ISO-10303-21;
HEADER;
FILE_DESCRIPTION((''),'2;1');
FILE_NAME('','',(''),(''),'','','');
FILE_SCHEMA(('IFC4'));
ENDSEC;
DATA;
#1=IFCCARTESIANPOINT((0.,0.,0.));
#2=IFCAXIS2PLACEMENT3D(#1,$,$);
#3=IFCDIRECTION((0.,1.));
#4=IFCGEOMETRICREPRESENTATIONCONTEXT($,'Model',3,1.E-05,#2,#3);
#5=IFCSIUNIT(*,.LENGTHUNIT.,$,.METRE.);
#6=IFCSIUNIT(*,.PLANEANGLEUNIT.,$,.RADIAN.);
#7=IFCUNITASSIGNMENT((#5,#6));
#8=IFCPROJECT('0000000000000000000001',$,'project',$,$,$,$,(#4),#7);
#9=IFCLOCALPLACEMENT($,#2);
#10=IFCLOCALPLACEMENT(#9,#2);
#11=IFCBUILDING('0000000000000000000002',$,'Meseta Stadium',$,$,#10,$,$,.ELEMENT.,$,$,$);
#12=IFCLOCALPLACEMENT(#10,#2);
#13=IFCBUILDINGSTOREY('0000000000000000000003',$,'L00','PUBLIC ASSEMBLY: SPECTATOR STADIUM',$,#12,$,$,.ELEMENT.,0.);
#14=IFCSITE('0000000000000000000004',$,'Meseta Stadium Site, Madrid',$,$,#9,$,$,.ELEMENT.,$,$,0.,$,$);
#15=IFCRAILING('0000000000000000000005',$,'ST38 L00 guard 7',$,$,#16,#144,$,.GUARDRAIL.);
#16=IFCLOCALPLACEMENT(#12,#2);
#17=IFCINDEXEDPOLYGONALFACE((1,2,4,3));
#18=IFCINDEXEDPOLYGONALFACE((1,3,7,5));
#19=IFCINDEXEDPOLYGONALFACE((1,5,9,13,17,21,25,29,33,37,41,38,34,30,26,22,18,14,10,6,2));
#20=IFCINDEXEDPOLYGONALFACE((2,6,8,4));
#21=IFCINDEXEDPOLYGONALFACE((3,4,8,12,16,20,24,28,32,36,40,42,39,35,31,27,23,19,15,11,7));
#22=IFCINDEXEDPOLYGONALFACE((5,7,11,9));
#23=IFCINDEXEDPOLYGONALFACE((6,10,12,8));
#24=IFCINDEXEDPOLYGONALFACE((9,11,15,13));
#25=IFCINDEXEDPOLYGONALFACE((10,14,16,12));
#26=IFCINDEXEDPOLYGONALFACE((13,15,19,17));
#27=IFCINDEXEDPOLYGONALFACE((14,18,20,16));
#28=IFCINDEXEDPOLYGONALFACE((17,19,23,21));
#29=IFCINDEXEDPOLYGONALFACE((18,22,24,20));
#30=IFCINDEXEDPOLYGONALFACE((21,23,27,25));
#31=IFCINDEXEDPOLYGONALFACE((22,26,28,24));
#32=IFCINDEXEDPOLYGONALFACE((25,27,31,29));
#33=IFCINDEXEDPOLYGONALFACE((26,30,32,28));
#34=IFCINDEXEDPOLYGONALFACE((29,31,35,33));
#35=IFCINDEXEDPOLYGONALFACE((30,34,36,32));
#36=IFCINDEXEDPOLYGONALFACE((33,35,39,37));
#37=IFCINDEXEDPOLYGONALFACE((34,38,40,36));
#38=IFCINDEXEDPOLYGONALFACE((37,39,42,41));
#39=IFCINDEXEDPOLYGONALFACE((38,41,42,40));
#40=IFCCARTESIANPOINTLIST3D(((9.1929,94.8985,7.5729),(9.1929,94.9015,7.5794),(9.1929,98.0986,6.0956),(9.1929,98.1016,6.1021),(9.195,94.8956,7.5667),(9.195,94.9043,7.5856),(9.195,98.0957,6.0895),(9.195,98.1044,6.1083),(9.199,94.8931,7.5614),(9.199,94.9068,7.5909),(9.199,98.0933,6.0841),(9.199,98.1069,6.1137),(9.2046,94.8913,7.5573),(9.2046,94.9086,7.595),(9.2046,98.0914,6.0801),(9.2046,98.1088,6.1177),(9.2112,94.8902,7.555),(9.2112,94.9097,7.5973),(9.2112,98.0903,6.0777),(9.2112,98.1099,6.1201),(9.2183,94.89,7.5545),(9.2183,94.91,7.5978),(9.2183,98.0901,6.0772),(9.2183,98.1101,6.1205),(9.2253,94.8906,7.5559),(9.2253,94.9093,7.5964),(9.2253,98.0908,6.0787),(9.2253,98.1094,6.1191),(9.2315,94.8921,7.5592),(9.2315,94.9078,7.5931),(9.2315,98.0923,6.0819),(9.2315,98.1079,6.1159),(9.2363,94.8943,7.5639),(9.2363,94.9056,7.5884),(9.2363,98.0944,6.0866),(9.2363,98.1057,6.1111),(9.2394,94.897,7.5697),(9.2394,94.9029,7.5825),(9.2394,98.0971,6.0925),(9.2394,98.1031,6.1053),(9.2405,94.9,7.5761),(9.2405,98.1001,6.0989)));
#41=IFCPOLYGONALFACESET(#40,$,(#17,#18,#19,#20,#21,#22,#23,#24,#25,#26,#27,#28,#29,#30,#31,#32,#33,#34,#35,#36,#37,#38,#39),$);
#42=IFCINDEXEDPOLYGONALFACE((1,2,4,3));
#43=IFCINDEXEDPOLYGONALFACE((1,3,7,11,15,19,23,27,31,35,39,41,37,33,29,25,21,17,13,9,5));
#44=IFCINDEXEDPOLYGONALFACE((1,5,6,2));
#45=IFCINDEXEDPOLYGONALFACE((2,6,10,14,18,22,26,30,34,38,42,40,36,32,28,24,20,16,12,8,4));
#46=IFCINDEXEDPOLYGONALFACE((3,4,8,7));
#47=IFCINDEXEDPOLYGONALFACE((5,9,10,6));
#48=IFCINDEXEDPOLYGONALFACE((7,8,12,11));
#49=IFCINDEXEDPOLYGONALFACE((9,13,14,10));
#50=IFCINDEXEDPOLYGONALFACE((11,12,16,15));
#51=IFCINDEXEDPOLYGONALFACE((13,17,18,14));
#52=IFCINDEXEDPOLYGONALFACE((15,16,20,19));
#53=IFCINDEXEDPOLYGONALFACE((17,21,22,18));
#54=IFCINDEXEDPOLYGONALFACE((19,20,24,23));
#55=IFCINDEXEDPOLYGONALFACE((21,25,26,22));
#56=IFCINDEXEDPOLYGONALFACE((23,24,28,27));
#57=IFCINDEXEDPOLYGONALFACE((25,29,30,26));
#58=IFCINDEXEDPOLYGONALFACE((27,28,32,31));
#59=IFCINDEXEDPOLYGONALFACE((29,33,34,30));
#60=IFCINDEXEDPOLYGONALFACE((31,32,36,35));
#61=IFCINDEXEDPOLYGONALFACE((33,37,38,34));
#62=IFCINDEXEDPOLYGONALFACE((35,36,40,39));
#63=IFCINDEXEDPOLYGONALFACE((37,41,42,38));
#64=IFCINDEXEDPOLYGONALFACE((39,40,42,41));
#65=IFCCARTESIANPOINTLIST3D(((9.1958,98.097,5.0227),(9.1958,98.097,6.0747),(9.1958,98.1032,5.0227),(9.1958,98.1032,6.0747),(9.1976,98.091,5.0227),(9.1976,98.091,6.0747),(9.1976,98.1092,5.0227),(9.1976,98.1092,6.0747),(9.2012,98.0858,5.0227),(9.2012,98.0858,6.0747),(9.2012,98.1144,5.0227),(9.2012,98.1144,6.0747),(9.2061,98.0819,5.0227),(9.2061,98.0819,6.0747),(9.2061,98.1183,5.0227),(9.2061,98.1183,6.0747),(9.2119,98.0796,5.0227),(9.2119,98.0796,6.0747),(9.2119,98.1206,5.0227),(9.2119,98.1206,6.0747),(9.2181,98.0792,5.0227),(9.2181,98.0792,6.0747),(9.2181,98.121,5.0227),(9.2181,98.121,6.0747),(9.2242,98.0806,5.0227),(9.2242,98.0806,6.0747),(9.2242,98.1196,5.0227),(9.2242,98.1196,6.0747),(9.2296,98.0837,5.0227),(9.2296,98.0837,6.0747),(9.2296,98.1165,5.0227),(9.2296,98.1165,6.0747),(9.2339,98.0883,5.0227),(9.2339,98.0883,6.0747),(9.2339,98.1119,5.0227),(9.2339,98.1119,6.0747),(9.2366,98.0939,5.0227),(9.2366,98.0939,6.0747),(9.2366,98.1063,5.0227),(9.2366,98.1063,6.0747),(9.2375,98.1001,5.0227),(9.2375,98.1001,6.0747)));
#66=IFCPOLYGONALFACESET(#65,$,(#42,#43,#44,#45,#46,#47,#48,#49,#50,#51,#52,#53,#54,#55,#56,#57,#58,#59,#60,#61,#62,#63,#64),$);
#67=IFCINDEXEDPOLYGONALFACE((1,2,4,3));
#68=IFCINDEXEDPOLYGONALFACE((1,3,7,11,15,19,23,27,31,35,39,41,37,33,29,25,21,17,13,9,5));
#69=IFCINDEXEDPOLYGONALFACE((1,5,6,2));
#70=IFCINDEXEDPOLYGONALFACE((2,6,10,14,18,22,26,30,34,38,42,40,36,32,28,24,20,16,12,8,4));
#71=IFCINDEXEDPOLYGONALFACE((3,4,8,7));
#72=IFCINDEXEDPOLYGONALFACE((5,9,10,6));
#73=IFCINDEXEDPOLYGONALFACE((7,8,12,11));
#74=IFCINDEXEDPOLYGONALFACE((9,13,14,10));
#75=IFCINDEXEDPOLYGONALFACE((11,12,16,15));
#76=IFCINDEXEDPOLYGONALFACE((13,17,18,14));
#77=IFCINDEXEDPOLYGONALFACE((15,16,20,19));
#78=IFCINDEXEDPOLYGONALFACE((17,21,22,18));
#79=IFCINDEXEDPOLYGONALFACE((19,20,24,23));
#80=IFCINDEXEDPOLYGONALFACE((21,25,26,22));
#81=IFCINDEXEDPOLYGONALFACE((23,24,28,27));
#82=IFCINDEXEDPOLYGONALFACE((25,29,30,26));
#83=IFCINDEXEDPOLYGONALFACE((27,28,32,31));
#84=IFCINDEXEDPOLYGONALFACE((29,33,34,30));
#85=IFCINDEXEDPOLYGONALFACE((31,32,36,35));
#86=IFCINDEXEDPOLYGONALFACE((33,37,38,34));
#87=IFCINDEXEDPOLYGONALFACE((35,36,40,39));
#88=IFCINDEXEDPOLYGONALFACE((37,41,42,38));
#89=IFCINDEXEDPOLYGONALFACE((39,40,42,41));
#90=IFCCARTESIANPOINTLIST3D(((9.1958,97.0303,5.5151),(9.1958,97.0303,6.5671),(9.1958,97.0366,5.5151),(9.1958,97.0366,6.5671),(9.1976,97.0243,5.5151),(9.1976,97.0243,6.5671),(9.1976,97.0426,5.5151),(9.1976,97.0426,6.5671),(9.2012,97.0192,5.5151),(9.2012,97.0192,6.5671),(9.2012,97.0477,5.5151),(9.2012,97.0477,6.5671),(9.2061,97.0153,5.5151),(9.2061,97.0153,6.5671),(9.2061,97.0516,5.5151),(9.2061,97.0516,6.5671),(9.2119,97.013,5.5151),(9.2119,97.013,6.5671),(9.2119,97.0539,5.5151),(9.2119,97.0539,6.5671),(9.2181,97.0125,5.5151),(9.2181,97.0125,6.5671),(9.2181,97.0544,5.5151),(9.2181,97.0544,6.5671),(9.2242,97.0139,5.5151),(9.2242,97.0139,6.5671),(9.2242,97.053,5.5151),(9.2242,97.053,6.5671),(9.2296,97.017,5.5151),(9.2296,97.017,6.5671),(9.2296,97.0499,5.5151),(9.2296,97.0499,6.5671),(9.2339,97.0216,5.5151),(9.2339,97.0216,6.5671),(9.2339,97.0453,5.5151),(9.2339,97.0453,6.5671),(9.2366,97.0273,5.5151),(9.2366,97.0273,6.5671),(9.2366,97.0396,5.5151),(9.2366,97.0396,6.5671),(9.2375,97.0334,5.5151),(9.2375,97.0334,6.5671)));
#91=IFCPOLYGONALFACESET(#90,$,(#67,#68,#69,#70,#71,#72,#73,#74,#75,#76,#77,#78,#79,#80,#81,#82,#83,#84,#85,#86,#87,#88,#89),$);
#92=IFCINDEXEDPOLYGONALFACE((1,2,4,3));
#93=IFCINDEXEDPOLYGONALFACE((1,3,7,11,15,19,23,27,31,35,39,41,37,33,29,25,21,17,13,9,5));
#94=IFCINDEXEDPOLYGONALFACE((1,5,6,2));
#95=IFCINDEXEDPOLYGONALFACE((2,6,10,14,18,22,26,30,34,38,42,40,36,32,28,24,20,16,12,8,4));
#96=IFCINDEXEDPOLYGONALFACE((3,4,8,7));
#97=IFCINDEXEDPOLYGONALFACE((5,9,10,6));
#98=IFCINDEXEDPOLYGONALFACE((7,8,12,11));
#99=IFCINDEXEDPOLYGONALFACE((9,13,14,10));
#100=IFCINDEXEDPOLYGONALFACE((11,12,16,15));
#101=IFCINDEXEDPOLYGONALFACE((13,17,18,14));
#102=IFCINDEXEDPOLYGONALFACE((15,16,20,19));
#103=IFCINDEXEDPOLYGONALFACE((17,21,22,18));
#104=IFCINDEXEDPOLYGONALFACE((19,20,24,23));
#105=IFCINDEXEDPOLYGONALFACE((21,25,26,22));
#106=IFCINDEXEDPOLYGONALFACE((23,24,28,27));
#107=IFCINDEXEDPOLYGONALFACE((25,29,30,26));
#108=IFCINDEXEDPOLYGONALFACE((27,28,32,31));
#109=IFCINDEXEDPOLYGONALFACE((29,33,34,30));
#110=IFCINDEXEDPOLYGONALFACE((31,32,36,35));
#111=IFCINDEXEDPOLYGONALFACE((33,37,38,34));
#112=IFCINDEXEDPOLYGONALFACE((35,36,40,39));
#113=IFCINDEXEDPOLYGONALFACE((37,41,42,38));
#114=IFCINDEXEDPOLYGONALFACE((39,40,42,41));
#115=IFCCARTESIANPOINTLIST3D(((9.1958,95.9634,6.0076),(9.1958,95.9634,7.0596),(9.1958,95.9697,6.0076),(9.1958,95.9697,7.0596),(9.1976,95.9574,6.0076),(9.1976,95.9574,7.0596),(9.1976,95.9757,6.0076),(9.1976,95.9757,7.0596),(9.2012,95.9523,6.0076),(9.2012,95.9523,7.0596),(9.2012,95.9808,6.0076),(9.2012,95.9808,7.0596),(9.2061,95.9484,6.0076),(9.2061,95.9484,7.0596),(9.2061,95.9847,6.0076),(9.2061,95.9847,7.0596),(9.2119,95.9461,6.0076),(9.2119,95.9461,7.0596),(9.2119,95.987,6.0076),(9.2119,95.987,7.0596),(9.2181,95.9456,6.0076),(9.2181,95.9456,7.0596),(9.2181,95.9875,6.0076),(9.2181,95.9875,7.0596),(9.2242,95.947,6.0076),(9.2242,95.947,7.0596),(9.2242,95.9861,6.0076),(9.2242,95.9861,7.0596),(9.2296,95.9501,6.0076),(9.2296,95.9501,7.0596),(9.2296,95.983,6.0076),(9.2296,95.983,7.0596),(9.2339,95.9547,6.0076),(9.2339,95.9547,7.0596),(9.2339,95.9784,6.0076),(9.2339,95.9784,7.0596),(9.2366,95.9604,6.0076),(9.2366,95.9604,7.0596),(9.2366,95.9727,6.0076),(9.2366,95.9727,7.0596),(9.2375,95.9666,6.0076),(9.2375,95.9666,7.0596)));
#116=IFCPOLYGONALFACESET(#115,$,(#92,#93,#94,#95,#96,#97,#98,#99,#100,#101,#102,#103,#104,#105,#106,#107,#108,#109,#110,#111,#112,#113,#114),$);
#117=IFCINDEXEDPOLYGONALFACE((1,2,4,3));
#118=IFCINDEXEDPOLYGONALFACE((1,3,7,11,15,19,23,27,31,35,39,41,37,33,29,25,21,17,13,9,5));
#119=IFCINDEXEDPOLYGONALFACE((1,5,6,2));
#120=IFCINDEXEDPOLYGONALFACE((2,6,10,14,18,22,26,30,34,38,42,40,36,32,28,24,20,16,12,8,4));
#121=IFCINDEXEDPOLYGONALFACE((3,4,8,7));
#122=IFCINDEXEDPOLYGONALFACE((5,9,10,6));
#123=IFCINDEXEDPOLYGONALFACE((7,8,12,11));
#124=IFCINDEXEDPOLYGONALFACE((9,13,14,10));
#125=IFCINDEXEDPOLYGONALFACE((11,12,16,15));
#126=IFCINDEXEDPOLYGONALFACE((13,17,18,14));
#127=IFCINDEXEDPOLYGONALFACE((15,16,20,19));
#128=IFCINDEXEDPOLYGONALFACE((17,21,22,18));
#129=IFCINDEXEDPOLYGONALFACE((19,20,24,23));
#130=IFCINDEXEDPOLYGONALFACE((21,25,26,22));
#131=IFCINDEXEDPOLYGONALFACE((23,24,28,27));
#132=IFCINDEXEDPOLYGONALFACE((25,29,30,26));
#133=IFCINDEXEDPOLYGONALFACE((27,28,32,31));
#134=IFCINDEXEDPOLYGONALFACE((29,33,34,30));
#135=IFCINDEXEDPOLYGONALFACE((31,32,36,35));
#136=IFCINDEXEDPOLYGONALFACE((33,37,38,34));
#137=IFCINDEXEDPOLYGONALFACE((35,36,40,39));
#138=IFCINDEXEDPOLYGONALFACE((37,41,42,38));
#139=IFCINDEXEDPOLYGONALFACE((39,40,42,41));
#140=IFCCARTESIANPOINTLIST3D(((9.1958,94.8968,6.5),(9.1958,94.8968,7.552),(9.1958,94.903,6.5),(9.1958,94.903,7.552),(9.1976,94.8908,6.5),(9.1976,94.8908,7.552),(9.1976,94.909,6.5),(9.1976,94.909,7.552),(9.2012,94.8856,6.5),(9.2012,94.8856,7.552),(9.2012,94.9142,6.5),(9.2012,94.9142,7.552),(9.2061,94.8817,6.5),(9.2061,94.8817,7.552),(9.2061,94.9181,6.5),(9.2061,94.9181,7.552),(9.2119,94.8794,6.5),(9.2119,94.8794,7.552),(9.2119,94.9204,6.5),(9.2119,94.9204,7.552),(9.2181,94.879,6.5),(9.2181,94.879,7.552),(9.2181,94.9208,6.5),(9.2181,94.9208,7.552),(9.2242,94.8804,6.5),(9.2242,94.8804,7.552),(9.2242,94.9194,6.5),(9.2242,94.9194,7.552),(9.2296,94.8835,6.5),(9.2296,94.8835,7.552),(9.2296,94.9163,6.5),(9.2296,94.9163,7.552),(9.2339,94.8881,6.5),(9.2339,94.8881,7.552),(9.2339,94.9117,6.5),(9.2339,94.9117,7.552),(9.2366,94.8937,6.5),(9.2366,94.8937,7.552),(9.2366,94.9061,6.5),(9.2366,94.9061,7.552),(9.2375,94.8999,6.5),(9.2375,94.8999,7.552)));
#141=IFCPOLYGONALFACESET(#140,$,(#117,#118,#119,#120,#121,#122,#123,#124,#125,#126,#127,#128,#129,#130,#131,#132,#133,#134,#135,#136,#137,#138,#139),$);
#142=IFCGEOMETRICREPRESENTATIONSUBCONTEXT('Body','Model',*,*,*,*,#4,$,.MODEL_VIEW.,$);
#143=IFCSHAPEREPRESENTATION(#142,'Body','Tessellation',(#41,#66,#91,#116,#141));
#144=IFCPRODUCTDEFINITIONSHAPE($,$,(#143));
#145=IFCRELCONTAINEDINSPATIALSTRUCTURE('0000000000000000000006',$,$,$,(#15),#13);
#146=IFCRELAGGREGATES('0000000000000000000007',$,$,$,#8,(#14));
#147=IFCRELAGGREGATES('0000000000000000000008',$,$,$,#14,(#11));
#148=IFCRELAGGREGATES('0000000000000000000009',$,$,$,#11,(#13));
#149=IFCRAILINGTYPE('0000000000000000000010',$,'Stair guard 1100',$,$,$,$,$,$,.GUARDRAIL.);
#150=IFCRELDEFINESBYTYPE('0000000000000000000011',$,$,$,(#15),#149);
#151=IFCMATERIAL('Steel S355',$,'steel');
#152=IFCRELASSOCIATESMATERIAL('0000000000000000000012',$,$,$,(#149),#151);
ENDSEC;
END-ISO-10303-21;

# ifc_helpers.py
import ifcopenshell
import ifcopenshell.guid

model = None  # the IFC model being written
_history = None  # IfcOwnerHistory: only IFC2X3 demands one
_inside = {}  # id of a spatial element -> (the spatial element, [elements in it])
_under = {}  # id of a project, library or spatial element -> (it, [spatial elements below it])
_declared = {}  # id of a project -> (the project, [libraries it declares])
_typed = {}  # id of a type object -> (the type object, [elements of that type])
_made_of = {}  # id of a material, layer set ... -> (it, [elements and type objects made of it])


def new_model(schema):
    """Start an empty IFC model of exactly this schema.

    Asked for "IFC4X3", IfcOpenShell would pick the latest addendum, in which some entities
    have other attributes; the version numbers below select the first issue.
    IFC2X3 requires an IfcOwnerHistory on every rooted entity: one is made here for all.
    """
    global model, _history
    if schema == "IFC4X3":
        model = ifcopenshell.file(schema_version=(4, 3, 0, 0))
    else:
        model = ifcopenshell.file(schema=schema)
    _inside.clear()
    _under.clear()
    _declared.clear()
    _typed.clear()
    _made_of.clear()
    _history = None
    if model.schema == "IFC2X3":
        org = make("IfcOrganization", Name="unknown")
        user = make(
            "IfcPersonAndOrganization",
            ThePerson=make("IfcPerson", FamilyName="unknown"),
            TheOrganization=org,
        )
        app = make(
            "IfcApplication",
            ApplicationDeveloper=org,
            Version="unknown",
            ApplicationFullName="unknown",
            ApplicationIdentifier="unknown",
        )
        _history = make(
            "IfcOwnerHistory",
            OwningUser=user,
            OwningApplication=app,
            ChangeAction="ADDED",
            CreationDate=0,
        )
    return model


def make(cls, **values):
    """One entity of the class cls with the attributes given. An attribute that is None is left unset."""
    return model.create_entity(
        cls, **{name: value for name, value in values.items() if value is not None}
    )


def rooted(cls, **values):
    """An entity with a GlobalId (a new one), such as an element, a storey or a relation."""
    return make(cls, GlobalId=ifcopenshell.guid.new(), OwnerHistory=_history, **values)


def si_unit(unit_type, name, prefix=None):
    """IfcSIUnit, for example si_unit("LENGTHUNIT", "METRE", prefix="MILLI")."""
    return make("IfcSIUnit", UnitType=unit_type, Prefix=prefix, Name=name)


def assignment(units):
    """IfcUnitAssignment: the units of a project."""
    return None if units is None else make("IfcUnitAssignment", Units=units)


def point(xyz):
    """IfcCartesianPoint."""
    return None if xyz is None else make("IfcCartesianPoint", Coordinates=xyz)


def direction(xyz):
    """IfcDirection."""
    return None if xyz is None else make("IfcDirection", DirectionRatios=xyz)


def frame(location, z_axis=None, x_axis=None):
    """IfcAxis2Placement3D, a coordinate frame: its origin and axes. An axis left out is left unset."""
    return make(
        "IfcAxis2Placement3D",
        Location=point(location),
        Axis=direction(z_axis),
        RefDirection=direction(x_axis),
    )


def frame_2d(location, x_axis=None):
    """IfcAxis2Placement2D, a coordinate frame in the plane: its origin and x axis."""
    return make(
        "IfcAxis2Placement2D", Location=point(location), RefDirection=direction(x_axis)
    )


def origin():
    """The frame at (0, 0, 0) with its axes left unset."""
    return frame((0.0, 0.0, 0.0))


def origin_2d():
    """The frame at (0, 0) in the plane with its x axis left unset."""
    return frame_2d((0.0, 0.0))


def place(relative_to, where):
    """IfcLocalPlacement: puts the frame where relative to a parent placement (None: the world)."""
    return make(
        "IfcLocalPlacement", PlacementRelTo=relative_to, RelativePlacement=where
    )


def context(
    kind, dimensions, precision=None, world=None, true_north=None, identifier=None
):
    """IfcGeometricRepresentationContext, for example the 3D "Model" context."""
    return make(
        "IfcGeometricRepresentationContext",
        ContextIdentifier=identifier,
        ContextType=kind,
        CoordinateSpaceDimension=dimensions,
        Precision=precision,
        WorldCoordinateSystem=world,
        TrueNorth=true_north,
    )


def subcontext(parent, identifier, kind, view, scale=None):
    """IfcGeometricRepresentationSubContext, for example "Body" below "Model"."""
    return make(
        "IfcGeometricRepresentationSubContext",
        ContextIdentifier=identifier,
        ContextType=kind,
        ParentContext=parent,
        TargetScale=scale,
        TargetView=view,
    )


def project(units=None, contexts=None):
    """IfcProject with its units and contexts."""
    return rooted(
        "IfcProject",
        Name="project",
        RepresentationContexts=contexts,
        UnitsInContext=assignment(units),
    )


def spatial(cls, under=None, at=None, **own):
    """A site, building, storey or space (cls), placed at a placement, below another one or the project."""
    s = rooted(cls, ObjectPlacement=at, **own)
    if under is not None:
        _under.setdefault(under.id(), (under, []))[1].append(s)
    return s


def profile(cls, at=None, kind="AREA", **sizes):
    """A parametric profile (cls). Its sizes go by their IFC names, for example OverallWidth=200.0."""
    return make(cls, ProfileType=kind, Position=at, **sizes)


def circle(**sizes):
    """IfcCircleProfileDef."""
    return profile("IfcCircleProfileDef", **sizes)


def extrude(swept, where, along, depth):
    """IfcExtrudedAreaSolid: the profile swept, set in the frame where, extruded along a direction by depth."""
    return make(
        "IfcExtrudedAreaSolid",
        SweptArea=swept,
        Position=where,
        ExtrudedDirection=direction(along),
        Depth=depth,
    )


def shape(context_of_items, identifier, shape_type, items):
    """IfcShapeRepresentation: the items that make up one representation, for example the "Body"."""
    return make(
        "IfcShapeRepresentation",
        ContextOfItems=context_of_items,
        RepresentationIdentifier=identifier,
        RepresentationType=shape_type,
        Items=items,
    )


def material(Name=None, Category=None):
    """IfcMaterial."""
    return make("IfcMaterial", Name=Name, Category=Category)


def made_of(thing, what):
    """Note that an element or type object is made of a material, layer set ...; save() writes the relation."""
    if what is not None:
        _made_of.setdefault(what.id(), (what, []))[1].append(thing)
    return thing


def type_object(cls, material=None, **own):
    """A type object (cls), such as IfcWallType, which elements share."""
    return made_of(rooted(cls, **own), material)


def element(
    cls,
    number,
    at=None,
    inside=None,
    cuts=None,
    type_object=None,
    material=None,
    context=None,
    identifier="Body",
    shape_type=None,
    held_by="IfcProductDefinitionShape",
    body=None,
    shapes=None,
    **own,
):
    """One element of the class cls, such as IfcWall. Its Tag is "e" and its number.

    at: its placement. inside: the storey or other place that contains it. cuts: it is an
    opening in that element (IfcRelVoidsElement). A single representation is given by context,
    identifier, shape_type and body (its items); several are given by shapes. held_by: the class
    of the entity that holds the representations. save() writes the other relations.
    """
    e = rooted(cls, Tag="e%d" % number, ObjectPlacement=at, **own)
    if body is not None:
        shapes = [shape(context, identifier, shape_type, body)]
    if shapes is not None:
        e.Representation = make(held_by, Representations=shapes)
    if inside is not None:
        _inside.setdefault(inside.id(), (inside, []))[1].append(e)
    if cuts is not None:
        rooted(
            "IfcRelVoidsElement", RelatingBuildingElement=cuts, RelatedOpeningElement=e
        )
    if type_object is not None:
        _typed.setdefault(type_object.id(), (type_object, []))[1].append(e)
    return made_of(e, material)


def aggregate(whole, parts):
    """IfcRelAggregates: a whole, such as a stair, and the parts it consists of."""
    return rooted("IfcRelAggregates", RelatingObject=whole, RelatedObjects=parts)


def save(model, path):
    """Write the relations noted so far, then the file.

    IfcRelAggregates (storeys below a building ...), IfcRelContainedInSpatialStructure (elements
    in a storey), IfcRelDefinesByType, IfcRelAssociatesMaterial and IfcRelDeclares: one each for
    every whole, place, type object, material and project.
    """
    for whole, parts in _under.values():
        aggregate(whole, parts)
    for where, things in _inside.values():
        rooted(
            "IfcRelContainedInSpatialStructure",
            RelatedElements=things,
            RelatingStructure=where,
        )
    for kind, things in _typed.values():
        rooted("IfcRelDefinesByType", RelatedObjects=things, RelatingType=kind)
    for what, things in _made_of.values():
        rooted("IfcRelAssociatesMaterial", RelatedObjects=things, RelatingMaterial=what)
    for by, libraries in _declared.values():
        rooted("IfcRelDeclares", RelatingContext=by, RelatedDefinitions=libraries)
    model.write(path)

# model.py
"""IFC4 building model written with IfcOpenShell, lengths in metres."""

from ifc_helpers import new_model, si_unit, direction, frame, origin, origin_2d, place, context, subcontext, project, spatial, circle, extrude, material, type_object, element, save


model = new_model("IFC4")

# Units and contexts
model_context = context("Model", 3, precision=1e-05, world=origin(), true_north=direction((0.0, 1.0)))
body_context = subcontext(model_context, "Body", "Model", "MODEL_VIEW")
ifc_project = project(units=[si_unit("LENGTHUNIT", "METRE"), si_unit("PLANEANGLEUNIT", "RADIAN")], contexts=[model_context])

# Site, building, storey
site_placement = place(None, origin())
site = spatial("IfcSite", under=ifc_project, at=site_placement, Name="Meseta Stadium Site, Madrid", CompositionType="ELEMENT", RefElevation=0.0)
building_placement = place(site_placement, origin())
building = spatial("IfcBuilding", under=site, at=building_placement, Name="Meseta Stadium", CompositionType="ELEMENT")
storey_placement = place(building_placement, origin())
storey = spatial("IfcBuildingStorey", under=building, at=storey_placement, Name="L00", Description="PUBLIC ASSEMBLY: SPECTATOR STADIUM", CompositionType="ELEMENT", Elevation=0.0)

# Railing
ifc_material_1 = material(Name="Steel S355", Category="steel")
railing_type_1 = type_object("IfcRailingType", Name="Stair guard 1100", PredefinedType="GUARDRAIL", material=ifc_material_1)
railing_1_placement = place(storey_placement, frame((9.2166, 98.1001, 5.0227)))
element("IfcRailing", 1, at=railing_1_placement, inside=storey, type_object=railing_type_1, Name="ST38 L00 guard 7", PredefinedType="GUARDRAIL", context=body_context, shape_type="SweptSolid", body=[
    extrude(circle(Radius=0.0239, at=origin_2d()), frame((0.0, 0.0, 1.0762), z_axis=(0.0, -0.907929, 0.419124), x_axis=(1.0, 0.0, 0.0)), (0.0, 0.0, 1.0), 3.5247),
    extrude(circle(Radius=0.021, at=origin_2d()), origin(), (0.0, 0.0, 1.0), 1.052),
    extrude(circle(Radius=0.021, at=origin_2d()), frame((0.0, -1.0667, 0.4924)), (0.0, 0.0, 1.0), 1.052),
    extrude(circle(Radius=0.021, at=origin_2d()), frame((0.0, -2.1335, 0.9849)), (0.0, 0.0, 1.0), 1.052),
    extrude(circle(Radius=0.021, at=origin_2d()), frame((0.0, -3.2002, 1.4773)), (0.0, 0.0, 1.0), 1.052),
])

save(model, "model.ifc")
